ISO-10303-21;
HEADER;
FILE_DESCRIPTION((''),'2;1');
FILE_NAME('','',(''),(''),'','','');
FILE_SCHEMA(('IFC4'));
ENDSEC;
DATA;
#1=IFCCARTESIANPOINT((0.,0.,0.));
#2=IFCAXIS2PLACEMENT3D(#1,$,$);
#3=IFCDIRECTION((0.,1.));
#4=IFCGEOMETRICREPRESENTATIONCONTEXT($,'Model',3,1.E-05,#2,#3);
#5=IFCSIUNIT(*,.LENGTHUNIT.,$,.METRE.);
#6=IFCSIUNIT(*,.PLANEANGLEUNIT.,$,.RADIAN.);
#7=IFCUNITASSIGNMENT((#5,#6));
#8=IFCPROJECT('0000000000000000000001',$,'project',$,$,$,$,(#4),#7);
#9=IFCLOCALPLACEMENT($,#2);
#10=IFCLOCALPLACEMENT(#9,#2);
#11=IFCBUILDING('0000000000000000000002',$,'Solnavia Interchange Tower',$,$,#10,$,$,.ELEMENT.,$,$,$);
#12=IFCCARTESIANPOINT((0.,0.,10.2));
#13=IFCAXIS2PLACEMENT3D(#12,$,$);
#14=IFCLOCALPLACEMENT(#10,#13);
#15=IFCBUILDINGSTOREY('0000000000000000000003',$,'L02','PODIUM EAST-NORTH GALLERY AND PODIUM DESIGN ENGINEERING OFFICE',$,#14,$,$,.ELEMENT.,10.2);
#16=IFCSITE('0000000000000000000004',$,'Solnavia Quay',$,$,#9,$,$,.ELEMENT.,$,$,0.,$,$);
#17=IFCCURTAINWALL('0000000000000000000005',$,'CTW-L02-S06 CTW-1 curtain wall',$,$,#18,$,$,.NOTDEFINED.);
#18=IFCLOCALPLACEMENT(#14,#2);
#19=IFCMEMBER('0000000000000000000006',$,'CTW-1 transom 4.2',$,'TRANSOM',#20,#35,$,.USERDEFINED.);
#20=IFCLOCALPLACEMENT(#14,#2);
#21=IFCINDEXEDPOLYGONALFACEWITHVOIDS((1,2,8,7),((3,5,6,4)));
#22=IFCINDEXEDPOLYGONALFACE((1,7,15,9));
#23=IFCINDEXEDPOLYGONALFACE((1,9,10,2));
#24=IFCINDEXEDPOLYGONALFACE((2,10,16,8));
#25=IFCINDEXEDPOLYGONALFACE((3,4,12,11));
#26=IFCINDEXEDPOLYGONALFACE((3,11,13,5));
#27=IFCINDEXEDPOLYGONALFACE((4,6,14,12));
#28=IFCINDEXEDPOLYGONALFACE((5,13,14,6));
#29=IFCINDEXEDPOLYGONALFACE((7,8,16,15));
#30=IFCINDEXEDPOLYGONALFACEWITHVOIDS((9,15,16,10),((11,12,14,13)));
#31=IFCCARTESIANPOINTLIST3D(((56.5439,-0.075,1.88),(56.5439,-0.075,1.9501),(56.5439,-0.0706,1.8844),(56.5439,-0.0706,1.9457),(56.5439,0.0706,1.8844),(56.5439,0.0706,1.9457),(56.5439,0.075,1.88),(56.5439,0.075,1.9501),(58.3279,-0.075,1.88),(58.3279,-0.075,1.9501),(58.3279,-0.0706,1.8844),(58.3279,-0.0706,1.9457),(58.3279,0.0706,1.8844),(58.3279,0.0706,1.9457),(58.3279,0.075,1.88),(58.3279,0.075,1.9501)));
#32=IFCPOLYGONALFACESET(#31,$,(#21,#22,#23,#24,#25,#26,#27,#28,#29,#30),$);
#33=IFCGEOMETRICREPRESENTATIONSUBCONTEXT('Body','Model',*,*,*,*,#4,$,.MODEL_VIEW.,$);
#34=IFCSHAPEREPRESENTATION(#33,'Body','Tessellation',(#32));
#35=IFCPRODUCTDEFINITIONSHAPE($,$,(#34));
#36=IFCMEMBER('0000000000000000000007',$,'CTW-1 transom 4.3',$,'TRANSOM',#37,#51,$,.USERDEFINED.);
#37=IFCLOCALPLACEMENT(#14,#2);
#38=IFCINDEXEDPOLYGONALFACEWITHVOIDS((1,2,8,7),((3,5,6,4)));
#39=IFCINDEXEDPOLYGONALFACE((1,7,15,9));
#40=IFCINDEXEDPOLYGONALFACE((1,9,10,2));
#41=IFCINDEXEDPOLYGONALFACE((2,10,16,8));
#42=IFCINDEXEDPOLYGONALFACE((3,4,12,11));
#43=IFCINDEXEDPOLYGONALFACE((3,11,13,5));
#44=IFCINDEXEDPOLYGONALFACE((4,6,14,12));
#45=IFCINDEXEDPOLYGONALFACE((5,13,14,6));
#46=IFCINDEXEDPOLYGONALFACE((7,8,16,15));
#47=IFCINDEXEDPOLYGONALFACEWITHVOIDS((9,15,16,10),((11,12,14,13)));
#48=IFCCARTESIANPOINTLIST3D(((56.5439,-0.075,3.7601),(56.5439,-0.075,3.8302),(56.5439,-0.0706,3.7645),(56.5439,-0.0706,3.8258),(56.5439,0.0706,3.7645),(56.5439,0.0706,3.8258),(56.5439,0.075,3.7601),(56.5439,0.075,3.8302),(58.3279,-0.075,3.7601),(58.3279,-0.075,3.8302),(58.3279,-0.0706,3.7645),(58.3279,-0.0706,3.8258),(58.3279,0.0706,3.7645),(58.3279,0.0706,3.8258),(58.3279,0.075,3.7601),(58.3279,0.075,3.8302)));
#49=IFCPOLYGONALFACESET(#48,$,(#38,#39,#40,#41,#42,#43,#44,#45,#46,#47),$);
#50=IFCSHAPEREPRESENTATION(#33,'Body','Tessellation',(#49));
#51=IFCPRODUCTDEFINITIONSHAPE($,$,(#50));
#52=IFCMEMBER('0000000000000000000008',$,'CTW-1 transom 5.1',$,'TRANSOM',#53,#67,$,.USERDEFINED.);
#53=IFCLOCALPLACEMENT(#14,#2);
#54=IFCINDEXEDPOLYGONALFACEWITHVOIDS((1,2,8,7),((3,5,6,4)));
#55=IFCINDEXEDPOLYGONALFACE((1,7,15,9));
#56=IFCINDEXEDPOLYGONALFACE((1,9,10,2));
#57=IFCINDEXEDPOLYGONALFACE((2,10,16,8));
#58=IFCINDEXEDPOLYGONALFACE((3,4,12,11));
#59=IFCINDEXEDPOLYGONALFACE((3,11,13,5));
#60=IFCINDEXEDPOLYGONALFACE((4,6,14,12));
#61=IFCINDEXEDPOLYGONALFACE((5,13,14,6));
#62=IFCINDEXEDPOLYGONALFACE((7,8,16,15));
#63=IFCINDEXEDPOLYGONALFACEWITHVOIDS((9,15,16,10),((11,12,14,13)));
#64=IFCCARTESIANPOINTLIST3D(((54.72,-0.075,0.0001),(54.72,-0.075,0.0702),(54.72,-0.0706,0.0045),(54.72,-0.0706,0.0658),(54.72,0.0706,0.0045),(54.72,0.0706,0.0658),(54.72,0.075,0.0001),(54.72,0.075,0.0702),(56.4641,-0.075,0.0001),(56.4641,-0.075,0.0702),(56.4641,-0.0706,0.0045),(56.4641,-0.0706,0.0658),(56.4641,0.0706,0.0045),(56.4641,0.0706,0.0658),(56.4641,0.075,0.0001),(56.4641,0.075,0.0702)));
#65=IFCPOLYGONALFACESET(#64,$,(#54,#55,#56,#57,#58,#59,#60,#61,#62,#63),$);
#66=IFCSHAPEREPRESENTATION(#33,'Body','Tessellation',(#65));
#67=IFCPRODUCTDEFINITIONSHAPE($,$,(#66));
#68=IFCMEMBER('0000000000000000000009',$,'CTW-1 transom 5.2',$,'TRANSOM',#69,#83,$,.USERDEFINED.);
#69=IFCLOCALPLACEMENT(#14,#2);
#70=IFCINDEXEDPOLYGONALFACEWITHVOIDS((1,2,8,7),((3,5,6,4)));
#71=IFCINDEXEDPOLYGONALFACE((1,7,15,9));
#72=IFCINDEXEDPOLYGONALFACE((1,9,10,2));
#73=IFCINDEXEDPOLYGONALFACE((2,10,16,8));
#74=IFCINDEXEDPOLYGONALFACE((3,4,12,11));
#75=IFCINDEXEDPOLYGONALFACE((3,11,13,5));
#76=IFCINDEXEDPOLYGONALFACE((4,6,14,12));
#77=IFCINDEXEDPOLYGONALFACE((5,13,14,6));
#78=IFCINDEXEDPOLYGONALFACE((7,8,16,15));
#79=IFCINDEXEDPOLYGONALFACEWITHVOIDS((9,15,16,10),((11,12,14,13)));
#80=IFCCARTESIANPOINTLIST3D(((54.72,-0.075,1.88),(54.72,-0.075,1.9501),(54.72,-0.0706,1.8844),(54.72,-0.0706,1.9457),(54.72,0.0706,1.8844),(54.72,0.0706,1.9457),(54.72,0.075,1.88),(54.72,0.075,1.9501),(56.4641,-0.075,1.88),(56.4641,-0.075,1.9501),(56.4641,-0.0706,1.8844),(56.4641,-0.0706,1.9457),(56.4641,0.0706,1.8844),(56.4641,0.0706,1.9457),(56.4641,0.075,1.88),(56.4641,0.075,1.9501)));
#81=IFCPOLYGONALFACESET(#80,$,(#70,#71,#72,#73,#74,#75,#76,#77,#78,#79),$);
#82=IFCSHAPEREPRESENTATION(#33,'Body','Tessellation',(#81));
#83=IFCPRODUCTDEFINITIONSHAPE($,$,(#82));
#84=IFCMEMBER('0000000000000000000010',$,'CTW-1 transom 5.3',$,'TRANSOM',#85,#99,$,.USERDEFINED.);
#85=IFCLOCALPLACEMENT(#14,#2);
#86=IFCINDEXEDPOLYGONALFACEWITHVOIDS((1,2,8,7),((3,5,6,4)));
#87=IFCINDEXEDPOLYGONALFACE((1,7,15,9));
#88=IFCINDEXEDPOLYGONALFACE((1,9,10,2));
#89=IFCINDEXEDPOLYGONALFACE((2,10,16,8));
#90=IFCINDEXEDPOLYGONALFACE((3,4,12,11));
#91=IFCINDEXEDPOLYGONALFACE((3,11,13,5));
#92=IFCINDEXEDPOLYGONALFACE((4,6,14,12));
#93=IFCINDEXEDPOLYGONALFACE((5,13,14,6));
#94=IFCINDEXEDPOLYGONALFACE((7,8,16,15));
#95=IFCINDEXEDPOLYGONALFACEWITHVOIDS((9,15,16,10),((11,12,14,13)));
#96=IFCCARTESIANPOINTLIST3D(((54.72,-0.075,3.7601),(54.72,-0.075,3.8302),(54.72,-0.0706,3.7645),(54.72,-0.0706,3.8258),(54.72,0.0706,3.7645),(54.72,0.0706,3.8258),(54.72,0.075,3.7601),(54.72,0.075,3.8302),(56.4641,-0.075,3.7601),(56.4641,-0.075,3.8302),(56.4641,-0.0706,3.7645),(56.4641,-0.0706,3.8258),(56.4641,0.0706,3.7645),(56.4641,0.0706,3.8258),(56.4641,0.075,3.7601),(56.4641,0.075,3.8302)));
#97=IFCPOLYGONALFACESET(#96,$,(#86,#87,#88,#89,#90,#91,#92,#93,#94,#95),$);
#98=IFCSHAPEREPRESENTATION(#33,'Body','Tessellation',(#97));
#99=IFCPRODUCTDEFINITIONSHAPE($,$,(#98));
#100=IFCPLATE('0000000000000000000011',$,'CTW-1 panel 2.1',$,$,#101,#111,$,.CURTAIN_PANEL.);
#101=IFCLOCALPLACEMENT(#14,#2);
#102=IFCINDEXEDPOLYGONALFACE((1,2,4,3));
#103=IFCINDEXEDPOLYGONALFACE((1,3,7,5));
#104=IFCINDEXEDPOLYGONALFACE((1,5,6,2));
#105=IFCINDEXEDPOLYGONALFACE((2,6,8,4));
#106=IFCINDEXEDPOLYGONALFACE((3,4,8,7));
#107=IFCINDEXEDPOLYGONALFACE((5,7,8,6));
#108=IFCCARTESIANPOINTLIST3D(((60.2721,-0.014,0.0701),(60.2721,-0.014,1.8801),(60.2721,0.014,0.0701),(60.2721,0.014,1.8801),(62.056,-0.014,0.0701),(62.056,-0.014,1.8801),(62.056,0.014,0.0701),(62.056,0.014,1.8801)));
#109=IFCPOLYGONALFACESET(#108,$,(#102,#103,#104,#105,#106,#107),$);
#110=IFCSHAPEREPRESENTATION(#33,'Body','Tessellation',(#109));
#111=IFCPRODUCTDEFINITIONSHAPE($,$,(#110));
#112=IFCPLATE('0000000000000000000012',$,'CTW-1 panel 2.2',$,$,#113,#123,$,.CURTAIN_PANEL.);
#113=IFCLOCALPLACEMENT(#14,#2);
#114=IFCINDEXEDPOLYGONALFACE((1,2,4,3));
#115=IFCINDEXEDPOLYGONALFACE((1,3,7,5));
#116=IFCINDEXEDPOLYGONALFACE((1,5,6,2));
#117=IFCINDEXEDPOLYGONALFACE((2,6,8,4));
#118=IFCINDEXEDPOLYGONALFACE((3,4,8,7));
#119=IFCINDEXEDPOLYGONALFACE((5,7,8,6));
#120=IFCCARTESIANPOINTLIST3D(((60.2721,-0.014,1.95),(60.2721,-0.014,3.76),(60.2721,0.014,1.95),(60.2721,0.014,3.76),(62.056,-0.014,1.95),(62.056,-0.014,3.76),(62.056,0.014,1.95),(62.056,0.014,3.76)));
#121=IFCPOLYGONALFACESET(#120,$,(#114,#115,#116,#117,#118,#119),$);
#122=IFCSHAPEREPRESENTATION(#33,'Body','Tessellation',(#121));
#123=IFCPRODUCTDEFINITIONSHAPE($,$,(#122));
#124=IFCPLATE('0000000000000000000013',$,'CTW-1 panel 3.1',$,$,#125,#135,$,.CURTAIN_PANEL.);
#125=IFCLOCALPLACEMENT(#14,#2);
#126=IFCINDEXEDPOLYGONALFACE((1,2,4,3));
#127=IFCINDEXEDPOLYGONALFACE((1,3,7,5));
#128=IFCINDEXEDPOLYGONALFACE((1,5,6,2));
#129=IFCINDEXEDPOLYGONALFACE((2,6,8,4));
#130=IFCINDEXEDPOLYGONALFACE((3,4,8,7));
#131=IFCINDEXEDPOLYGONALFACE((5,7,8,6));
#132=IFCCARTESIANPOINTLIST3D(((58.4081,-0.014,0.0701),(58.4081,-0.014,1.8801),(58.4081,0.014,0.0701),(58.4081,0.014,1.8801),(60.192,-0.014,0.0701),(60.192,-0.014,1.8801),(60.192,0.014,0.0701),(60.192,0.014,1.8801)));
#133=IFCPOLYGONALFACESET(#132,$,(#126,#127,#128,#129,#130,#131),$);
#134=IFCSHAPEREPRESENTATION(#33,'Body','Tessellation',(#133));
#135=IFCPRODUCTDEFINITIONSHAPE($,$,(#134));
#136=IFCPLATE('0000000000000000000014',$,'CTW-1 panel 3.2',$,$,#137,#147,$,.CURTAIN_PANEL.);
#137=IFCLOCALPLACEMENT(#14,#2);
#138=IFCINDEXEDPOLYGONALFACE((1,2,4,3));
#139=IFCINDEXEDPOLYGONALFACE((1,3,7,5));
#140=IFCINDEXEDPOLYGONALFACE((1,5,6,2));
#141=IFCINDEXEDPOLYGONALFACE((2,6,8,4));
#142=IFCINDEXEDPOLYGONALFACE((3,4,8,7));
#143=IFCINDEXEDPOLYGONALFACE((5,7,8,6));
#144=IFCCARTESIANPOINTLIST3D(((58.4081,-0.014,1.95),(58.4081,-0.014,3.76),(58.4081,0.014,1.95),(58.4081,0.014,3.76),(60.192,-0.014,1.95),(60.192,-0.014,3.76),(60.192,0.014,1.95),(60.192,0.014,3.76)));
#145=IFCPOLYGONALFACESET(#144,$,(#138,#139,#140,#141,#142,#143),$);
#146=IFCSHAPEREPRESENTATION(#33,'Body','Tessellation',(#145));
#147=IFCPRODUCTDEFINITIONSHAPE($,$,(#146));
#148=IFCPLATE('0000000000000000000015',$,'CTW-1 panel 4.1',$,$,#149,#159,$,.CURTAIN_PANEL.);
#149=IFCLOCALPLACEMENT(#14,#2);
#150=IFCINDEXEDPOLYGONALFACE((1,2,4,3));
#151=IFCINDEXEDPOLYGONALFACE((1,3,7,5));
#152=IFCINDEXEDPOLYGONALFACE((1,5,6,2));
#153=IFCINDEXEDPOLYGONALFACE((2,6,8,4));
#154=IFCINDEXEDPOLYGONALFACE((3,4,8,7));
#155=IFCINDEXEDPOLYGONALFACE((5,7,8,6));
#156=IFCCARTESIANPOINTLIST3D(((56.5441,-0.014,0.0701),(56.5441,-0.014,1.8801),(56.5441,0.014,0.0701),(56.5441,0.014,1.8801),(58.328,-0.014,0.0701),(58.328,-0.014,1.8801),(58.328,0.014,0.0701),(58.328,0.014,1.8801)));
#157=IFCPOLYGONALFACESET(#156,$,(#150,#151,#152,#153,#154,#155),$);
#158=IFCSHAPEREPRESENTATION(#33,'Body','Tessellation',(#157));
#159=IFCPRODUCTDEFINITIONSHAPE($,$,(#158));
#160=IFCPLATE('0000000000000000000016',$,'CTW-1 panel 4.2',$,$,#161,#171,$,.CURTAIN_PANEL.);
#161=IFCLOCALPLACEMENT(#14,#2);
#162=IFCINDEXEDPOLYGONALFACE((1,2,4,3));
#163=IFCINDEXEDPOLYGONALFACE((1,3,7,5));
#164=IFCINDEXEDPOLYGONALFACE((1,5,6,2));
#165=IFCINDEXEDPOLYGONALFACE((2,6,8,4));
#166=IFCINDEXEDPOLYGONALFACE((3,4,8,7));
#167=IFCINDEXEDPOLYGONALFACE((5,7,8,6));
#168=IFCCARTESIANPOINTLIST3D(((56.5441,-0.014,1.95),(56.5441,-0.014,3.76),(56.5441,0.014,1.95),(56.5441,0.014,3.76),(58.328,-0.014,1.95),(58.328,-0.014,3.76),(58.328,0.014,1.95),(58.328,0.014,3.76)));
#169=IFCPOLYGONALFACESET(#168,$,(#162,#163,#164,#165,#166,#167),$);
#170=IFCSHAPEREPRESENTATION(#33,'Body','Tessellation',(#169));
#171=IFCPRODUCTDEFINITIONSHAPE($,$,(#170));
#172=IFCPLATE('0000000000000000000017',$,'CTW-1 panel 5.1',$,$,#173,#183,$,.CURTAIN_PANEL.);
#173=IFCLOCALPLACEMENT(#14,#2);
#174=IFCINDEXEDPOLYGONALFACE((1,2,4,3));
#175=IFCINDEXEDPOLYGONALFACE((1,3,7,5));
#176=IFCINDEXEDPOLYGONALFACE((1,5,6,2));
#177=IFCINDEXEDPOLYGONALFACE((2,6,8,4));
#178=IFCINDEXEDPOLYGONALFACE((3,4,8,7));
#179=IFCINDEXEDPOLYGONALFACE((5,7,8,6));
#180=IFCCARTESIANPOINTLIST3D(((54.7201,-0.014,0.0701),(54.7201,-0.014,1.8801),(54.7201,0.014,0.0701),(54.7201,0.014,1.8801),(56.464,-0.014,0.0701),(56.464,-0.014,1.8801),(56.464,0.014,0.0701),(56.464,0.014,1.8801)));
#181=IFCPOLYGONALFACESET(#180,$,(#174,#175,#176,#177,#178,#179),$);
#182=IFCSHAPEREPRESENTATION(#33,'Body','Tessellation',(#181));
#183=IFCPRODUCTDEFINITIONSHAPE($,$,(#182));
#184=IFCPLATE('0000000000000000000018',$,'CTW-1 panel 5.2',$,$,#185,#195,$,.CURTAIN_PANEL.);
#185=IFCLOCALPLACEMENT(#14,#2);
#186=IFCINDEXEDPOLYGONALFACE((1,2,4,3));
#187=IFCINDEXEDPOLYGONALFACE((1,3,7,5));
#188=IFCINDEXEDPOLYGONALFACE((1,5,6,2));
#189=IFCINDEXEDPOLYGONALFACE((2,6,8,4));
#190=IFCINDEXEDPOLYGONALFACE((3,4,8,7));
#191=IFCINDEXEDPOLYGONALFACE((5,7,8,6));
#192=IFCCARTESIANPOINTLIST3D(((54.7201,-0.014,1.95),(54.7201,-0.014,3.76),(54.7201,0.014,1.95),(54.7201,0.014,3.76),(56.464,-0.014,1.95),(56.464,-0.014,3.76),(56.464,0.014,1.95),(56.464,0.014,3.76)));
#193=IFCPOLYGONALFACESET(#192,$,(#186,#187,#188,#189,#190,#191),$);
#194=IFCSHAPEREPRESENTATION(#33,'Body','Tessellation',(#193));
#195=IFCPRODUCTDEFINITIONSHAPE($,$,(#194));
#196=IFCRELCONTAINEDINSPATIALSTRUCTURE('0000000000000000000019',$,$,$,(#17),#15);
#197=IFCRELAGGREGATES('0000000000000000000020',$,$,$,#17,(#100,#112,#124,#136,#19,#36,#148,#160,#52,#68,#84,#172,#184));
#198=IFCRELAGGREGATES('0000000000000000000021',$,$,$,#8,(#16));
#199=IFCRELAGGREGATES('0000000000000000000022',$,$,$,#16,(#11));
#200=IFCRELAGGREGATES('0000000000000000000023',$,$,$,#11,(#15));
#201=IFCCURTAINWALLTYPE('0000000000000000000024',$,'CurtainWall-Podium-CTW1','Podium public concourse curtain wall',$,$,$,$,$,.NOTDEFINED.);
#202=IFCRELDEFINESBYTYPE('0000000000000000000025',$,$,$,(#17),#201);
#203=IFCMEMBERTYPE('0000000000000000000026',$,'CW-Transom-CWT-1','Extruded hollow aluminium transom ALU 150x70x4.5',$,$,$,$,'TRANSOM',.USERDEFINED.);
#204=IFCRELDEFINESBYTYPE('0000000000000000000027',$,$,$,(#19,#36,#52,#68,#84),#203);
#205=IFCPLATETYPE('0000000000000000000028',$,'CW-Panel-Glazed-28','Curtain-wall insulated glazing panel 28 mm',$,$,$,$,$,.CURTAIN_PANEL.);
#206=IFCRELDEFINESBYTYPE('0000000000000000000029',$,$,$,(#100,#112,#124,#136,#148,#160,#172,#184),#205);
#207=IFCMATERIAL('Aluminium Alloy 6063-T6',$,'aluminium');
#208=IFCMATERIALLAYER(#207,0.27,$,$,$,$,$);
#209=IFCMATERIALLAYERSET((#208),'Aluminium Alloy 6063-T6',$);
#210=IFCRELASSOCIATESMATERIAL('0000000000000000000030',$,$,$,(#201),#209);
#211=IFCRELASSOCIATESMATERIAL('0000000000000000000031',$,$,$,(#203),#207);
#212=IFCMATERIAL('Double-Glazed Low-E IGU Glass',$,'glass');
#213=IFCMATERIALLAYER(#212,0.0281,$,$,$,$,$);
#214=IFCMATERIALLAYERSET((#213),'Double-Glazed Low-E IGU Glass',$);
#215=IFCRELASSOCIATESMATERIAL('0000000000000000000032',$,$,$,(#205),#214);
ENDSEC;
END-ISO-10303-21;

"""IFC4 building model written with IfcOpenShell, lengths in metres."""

from ifc_helpers import new_model, si_unit, direction, frame, origin, origin_2d, place, context, subcontext, project, spatial, rectangle, hollow_rectangle, extrude, material, layer, layer_set, material_profile, profile_set, type_object, element, aggregate, save


model = new_model("IFC4")

# Units and contexts
model_context = context("Model", 3, precision=1e-05, world=origin(), true_north=direction((0.0, 1.0)))
body_context = subcontext(model_context, "Body", "Model", "MODEL_VIEW")
ifc_project = project(units=[si_unit("LENGTHUNIT", "METRE"), si_unit("PLANEANGLEUNIT", "RADIAN")], contexts=[model_context])

# Site, building, storey
site_placement = place(None, origin())
site = spatial("IfcSite", under=ifc_project, at=site_placement, Name="Solnavia Quay", CompositionType="ELEMENT", RefElevation=0.0)
building_placement = place(site_placement, origin())
building = spatial("IfcBuilding", under=site, at=building_placement, Name="Solnavia Interchange Tower", CompositionType="ELEMENT")
storey_placement = place(building_placement, frame((0.0, 0.0, 10.2)))
storey = spatial("IfcBuildingStorey", under=building, at=storey_placement, Name="L02", Description="PODIUM EAST-NORTH GALLERY AND PODIUM DESIGN ENGINEERING OFFICE", CompositionType="ELEMENT", Elevation=10.2)

# Curtain wall, members, plates
ifc_material_1 = material(Name="Aluminium Alloy 6063-T6", Category="aluminium")
ifc_layer_1 = layer(ifc_material_1, 0.27)
ifc_layer_set_1 = layer_set([ifc_layer_1], Name="Aluminium Alloy 6063-T6")
curtain_wall_type = type_object("IfcCurtainWallType", Name="CurtainWall-Podium-CTW1", Description="Podium public concourse curtain wall", PredefinedType="NOTDEFINED", material=ifc_layer_set_1)
curtain_wall_placement = place(storey_placement, origin())
curtain_wall = element("IfcCurtainWall", 1, at=curtain_wall_placement, inside=storey, type_object=curtain_wall_type, Name="CTW-L02-S06 CTW-1 curtain wall", PredefinedType="NOTDEFINED")
ifc_material_profile_1 = material_profile(ifc_material_1, hollow_rectangle(XDim=0.0701, YDim=0.1499, WallThickness=0.0044, at=origin_2d()), Name="ALU 150x70x4.5")
ifc_profile_set_1 = profile_set([ifc_material_profile_1], Name="Aluminium Alloy 6063-T6")
member_type_1 = type_object("IfcMemberType", Name="CW-Transom-CWT-1", Description="Extruded hollow aluminium transom ALU 150x70x4.5", ElementType="TRANSOM", PredefinedType="USERDEFINED", material=ifc_profile_set_1)
member_1_placement = place(storey_placement, frame((58.3279, 0.0, 1.915), z_axis=(-1.0, 0.0, 0.0), x_axis=(0.0, 0.0, 1.0)))
member_1 = element("IfcMember", 2, at=member_1_placement, type_object=member_type_1, Name="CTW-1 transom 4.2", ObjectType="TRANSOM", PredefinedType="USERDEFINED", context=body_context, shape_type="SweptSolid", body=[
    extrude(hollow_rectangle(XDim=0.0701, YDim=0.1499, WallThickness=0.0044, at=origin_2d()), origin(), (0.0, 0.0, 1.0), 1.7839),
])
member_2_placement = place(storey_placement, frame((58.3279, 0.0, 3.7952), z_axis=(-1.0, 0.0, 0.0), x_axis=(0.0, 0.0, 1.0)))
member_2 = element("IfcMember", 3, at=member_2_placement, type_object=member_type_1, Name="CTW-1 transom 4.3", ObjectType="TRANSOM", PredefinedType="USERDEFINED", context=body_context, shape_type="SweptSolid", body=[
    extrude(hollow_rectangle(XDim=0.0701, YDim=0.1499, WallThickness=0.0044, at=origin_2d()), origin(), (0.0, 0.0, 1.0), 1.7839),
])
member_3_placement = place(storey_placement, frame((56.4641, 0.0, 0.0352), z_axis=(-1.0, 0.0, 0.0), x_axis=(0.0, 0.0, 1.0)))
member_3 = element("IfcMember", 4, at=member_3_placement, type_object=member_type_1, Name="CTW-1 transom 5.1", ObjectType="TRANSOM", PredefinedType="USERDEFINED", context=body_context, shape_type="SweptSolid", body=[
    extrude(hollow_rectangle(XDim=0.0701, YDim=0.1499, WallThickness=0.0044, at=origin_2d()), origin(), (0.0, 0.0, 1.0), 1.7441),
])
member_4_placement = place(storey_placement, frame((56.4641, 0.0, 1.915), z_axis=(-1.0, 0.0, 0.0), x_axis=(0.0, 0.0, 1.0)))
member_4 = element("IfcMember", 5, at=member_4_placement, type_object=member_type_1, Name="CTW-1 transom 5.2", ObjectType="TRANSOM", PredefinedType="USERDEFINED", context=body_context, shape_type="SweptSolid", body=[
    extrude(hollow_rectangle(XDim=0.0701, YDim=0.1499, WallThickness=0.0044, at=origin_2d()), origin(), (0.0, 0.0, 1.0), 1.7441),
])
member_5_placement = place(storey_placement, frame((56.4641, 0.0, 3.7952), z_axis=(-1.0, 0.0, 0.0), x_axis=(0.0, 0.0, 1.0)))
member_5 = element("IfcMember", 6, at=member_5_placement, type_object=member_type_1, Name="CTW-1 transom 5.3", ObjectType="TRANSOM", PredefinedType="USERDEFINED", context=body_context, shape_type="SweptSolid", body=[
    extrude(hollow_rectangle(XDim=0.0701, YDim=0.1499, WallThickness=0.0044, at=origin_2d()), origin(), (0.0, 0.0, 1.0), 1.7441),
])
ifc_material_2 = material(Name="Double-Glazed Low-E IGU Glass", Category="glass")
ifc_layer_2 = layer(ifc_material_2, 0.0281)
ifc_layer_set_2 = layer_set([ifc_layer_2], Name="Double-Glazed Low-E IGU Glass")
plate_type = type_object("IfcPlateType", Name="CW-Panel-Glazed-28", Description="Curtain-wall insulated glazing panel 28 mm", PredefinedType="CURTAIN_PANEL", material=ifc_layer_set_2)
plate_1_placement = place(storey_placement, frame((61.1641, 0.0, 0.0701), z_axis=(0.0, 0.0, 1.0), x_axis=(-1.0, 0.0, 0.0)))
plate_1 = element("IfcPlate", 7, at=plate_1_placement, type_object=plate_type, Name="CTW-1 panel 2.1", PredefinedType="CURTAIN_PANEL", context=body_context, shape_type="SweptSolid", body=[
    extrude(rectangle(XDim=1.7839, YDim=0.0281, at=origin_2d()), origin(), (0.0, 0.0, 1.0), 1.8101),
])
plate_2_placement = place(storey_placement, frame((61.1641, 0.0, 1.95), z_axis=(0.0, 0.0, 1.0), x_axis=(-1.0, 0.0, 0.0)))
plate_2 = element("IfcPlate", 8, at=plate_2_placement, type_object=plate_type, Name="CTW-1 panel 2.2", PredefinedType="CURTAIN_PANEL", context=body_context, shape_type="SweptSolid", body=[
    extrude(rectangle(XDim=1.7839, YDim=0.0281, at=origin_2d()), origin(), (0.0, 0.0, 1.0), 1.8101),
])
plate_3_placement = place(storey_placement, frame((59.3, 0.0, 0.0701), z_axis=(0.0, 0.0, 1.0), x_axis=(-1.0, 0.0, 0.0)))
plate_3 = element("IfcPlate", 9, at=plate_3_placement, type_object=plate_type, Name="CTW-1 panel 3.1", PredefinedType="CURTAIN_PANEL", context=body_context, shape_type="SweptSolid", body=[
    extrude(rectangle(XDim=1.7839, YDim=0.0281, at=origin_2d()), origin(), (0.0, 0.0, 1.0), 1.8101),
])
plate_4_placement = place(storey_placement, frame((59.3, 0.0, 1.95), z_axis=(0.0, 0.0, 1.0), x_axis=(-1.0, 0.0, 0.0)))
plate_4 = element("IfcPlate", 10, at=plate_4_placement, type_object=plate_type, Name="CTW-1 panel 3.2", PredefinedType="CURTAIN_PANEL", context=body_context, shape_type="SweptSolid", body=[
    extrude(rectangle(XDim=1.7839, YDim=0.0281, at=origin_2d()), origin(), (0.0, 0.0, 1.0), 1.8101),
])
plate_5_placement = place(storey_placement, frame((57.436, 0.0, 0.0701), z_axis=(0.0, 0.0, 1.0), x_axis=(-1.0, 0.0, 0.0)))
plate_5 = element("IfcPlate", 11, at=plate_5_placement, type_object=plate_type, Name="CTW-1 panel 4.1", PredefinedType="CURTAIN_PANEL", context=body_context, shape_type="SweptSolid", body=[
    extrude(rectangle(XDim=1.7839, YDim=0.0281, at=origin_2d()), origin(), (0.0, 0.0, 1.0), 1.8101),
])
plate_6_placement = place(storey_placement, frame((57.436, 0.0, 1.95), z_axis=(0.0, 0.0, 1.0), x_axis=(-1.0, 0.0, 0.0)))
plate_6 = element("IfcPlate", 12, at=plate_6_placement, type_object=plate_type, Name="CTW-1 panel 4.2", PredefinedType="CURTAIN_PANEL", context=body_context, shape_type="SweptSolid", body=[
    extrude(rectangle(XDim=1.7839, YDim=0.0281, at=origin_2d()), origin(), (0.0, 0.0, 1.0), 1.8101),
])
plate_7_placement = place(storey_placement, frame((55.592, 0.0, 0.0701), z_axis=(0.0, 0.0, 1.0), x_axis=(-1.0, 0.0, 0.0)))
plate_7 = element("IfcPlate", 13, at=plate_7_placement, type_object=plate_type, Name="CTW-1 panel 5.1", PredefinedType="CURTAIN_PANEL", context=body_context, shape_type="SweptSolid", body=[
    extrude(rectangle(XDim=1.7439, YDim=0.0281, at=origin_2d()), origin(), (0.0, 0.0, 1.0), 1.8101),
])
plate_8_placement = place(storey_placement, frame((55.592, 0.0, 1.95), z_axis=(0.0, 0.0, 1.0), x_axis=(-1.0, 0.0, 0.0)))
plate_8 = element("IfcPlate", 14, at=plate_8_placement, type_object=plate_type, Name="CTW-1 panel 5.2", PredefinedType="CURTAIN_PANEL", context=body_context, shape_type="SweptSolid", body=[
    extrude(rectangle(XDim=1.7439, YDim=0.0281, at=origin_2d()), origin(), (0.0, 0.0, 1.0), 1.8101),
])
aggregate(curtain_wall, [plate_1, plate_2, plate_3, plate_4, member_1, member_2, plate_5, plate_6, member_3, member_4, member_5, plate_7, plate_8])

save(model, "model.ifc")
